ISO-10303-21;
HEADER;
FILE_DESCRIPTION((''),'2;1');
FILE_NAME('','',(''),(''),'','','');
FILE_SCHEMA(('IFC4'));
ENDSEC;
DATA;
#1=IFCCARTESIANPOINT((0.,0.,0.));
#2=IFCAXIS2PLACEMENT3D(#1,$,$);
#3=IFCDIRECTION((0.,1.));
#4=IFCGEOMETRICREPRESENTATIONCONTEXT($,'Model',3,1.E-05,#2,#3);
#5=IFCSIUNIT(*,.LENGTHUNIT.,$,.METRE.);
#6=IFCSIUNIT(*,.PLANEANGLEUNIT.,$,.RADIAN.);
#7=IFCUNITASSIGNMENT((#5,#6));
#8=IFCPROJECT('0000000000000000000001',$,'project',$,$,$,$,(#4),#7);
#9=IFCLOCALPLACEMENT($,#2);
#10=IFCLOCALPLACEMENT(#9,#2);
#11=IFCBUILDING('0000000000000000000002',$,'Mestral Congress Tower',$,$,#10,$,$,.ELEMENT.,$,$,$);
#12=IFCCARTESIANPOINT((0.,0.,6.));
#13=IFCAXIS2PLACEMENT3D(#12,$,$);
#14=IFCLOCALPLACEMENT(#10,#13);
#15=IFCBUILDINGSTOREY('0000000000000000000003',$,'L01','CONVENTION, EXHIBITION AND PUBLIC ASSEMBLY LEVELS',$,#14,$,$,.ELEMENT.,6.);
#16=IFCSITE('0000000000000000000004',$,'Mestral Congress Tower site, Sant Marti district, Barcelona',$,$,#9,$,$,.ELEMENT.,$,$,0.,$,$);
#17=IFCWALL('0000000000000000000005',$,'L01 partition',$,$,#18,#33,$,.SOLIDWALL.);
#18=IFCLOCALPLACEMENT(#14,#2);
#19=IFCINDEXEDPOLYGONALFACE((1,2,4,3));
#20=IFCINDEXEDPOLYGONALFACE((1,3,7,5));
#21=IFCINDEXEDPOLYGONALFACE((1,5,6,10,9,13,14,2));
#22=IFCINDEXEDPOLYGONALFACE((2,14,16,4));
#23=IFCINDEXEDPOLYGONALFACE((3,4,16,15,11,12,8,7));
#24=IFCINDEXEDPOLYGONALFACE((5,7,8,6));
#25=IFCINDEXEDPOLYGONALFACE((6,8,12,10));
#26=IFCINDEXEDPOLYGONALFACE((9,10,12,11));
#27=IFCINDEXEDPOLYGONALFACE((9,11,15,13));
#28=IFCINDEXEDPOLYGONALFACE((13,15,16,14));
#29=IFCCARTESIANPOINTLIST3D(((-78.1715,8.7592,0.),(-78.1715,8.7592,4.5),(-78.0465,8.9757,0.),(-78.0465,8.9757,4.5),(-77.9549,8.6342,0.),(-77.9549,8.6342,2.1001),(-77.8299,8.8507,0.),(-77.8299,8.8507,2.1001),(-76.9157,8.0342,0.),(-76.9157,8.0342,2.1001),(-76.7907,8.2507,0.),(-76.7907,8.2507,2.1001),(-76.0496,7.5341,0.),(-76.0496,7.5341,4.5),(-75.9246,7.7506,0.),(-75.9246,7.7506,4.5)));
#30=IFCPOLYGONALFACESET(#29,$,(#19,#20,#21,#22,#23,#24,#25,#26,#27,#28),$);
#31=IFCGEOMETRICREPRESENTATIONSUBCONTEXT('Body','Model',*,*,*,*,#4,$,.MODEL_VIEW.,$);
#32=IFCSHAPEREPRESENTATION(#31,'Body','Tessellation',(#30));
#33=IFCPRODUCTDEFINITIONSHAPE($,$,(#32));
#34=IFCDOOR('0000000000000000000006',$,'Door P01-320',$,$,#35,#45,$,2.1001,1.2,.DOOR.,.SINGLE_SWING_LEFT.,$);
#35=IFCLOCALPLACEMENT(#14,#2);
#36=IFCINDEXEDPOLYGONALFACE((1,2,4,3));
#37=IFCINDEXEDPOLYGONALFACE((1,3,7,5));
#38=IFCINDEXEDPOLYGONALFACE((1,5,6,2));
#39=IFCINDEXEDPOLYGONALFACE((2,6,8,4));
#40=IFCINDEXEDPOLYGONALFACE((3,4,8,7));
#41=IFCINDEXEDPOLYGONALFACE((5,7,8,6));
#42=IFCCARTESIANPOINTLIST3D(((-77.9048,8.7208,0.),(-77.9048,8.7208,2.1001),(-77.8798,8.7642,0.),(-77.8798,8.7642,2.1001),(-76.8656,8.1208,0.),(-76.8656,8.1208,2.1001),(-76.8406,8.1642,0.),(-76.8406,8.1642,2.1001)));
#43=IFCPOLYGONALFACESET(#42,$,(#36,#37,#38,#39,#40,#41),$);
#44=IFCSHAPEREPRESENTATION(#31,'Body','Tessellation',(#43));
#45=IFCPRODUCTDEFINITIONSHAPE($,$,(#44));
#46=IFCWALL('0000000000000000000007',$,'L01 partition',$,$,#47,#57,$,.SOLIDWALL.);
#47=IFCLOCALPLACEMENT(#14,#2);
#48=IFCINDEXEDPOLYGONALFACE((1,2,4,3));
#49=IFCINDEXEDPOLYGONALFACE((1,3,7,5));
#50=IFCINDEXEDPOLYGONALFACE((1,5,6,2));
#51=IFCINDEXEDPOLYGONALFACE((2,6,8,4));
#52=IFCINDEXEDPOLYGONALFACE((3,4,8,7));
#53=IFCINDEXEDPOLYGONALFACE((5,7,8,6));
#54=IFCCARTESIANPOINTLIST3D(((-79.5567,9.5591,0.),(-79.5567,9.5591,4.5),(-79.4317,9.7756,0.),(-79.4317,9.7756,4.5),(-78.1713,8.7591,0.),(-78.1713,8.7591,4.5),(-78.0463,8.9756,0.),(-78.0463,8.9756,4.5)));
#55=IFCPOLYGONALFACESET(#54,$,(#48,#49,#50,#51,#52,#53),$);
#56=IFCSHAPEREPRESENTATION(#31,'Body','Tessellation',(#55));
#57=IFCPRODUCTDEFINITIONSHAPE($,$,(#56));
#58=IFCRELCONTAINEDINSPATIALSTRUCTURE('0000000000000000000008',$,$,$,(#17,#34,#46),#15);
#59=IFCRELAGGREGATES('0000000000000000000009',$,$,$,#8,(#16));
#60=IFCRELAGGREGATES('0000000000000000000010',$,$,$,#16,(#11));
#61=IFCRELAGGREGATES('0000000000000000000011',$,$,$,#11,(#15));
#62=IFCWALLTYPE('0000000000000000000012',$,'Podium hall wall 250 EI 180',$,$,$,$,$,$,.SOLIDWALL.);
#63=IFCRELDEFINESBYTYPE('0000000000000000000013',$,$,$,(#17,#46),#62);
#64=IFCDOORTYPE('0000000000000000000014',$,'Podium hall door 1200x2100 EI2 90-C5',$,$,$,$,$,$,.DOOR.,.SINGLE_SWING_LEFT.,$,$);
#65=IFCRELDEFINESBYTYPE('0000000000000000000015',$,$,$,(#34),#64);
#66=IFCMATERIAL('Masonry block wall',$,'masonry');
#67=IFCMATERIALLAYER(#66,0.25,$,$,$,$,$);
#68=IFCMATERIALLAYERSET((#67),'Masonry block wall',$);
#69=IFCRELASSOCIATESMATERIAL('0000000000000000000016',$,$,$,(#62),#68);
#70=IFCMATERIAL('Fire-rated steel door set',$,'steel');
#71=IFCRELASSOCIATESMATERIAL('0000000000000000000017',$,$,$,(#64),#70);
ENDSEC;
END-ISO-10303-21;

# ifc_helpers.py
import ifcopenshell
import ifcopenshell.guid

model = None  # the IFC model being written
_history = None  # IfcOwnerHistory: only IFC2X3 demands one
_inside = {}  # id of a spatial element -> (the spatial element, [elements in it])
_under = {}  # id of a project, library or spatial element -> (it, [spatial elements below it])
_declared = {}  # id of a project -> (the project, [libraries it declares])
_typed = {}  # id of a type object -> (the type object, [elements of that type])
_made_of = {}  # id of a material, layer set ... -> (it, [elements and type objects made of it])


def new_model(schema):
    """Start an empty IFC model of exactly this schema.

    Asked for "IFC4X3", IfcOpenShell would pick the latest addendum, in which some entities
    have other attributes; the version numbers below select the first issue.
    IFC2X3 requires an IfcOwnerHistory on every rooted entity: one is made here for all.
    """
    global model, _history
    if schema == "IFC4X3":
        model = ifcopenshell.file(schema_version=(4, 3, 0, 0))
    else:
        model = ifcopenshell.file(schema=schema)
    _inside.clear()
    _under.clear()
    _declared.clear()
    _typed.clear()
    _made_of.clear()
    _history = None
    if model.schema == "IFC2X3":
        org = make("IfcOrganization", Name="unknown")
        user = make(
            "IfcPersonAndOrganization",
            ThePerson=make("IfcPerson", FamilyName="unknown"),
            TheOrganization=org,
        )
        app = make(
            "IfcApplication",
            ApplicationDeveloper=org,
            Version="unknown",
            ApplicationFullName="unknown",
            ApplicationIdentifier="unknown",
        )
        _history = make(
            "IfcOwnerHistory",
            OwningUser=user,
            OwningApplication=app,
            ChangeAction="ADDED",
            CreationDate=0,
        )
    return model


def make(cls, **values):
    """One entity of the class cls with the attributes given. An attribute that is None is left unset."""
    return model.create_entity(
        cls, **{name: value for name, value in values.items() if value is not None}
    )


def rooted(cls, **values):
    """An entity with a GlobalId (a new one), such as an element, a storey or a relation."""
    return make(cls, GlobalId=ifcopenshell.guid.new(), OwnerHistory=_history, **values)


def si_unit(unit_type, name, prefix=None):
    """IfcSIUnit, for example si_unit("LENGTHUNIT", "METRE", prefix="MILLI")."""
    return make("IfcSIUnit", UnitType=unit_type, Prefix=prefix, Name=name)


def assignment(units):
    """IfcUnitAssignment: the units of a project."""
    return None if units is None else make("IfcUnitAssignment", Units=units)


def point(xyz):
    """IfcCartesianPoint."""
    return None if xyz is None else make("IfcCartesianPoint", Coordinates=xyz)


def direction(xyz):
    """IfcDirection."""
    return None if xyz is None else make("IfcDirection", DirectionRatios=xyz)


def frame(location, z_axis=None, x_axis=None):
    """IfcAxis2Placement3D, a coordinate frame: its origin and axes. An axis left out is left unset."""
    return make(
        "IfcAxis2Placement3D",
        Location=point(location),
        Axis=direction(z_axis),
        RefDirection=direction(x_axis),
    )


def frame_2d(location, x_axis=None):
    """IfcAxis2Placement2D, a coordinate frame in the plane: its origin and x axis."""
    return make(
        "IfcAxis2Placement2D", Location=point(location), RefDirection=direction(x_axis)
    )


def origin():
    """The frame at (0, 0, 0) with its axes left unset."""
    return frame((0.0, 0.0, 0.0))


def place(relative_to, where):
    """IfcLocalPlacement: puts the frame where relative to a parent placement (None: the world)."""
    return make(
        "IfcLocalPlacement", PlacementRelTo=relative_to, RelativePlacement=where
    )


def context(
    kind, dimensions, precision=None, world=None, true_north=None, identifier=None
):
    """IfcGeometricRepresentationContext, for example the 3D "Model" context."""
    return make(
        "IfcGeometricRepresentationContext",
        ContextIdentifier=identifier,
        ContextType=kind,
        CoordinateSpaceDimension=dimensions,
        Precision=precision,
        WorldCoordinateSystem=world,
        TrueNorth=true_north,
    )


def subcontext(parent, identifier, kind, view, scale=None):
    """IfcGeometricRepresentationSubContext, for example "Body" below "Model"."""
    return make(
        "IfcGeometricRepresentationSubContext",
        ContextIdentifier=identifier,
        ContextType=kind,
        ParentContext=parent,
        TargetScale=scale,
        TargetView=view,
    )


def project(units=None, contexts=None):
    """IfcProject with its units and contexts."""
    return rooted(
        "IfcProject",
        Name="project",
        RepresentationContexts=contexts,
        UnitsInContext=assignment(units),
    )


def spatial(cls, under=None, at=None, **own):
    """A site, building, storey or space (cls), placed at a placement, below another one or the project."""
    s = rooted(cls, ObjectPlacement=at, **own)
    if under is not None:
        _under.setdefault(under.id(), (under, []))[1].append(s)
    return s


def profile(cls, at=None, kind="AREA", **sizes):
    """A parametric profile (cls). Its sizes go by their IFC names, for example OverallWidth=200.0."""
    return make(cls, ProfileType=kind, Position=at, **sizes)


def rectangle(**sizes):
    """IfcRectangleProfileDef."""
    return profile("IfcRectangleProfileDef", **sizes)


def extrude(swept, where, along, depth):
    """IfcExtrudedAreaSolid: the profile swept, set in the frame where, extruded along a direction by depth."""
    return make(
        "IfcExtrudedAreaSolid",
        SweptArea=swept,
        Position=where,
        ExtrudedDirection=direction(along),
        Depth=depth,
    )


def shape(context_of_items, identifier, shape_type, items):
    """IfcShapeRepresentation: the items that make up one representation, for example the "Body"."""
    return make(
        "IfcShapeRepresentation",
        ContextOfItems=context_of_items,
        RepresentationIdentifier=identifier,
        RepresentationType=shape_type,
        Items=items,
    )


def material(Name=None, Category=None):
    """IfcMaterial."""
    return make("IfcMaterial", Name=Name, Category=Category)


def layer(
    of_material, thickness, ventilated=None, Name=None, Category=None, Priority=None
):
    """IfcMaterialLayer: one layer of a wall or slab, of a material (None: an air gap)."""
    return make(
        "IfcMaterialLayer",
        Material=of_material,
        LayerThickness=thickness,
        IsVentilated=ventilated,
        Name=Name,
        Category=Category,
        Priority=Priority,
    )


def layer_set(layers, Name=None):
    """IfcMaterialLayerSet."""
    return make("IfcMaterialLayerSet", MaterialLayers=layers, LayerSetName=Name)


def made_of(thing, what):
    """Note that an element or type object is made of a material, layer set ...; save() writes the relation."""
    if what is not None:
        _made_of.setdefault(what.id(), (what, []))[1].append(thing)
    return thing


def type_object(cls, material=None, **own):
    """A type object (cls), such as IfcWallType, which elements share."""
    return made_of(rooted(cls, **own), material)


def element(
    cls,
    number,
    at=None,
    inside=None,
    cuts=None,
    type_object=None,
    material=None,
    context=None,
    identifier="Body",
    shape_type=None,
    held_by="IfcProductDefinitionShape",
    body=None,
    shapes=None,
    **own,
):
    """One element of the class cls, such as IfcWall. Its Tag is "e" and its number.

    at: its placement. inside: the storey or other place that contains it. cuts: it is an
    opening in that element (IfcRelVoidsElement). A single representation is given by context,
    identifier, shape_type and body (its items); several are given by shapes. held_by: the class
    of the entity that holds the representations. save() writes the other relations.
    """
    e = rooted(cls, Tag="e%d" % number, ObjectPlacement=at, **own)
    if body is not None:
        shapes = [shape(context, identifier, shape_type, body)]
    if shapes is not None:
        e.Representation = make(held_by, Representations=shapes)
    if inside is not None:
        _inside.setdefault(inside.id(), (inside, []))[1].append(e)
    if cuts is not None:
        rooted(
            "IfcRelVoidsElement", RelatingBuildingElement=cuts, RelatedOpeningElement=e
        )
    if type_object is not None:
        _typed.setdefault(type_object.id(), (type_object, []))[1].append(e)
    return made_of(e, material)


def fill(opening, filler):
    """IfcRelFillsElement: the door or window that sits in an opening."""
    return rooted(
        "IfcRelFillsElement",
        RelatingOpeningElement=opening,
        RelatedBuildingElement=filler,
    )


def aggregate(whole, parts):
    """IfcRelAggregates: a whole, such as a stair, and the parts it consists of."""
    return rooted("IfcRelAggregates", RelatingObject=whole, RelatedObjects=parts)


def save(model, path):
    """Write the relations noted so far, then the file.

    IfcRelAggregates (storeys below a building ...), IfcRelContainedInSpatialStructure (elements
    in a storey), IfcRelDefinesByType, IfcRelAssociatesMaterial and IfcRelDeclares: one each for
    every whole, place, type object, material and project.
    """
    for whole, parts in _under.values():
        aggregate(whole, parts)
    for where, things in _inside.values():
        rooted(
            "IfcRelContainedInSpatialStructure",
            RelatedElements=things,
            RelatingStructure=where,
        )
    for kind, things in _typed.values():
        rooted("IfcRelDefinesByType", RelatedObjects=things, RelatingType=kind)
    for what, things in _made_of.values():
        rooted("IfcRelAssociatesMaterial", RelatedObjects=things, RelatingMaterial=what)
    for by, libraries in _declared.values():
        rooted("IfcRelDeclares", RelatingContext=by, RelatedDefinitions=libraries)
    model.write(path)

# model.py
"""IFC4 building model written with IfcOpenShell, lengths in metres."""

from ifc_helpers import new_model, si_unit, direction, frame, frame_2d, origin, place, context, subcontext, project, spatial, rectangle, extrude, material, layer, layer_set, type_object, element, fill, save


model = new_model("IFC4")

# Units and contexts
model_context = context("Model", 3, precision=1e-05, world=origin(), true_north=direction((0.0, 1.0)))
body_context = subcontext(model_context, "Body", "Model", "MODEL_VIEW")
ifc_project = project(units=[si_unit("LENGTHUNIT", "METRE"), si_unit("PLANEANGLEUNIT", "RADIAN")], contexts=[model_context])

# Site, building, storey
site_placement = place(None, origin())
site = spatial("IfcSite", under=ifc_project, at=site_placement, Name="Mestral Congress Tower site, Sant Marti district, Barcelona", CompositionType="ELEMENT", RefElevation=0.0)
building_placement = place(site_placement, origin())
building = spatial("IfcBuilding", under=site, at=building_placement, Name="Mestral Congress Tower", CompositionType="ELEMENT")
storey_placement = place(building_placement, frame((0.0, 0.0, 6.0)))
storey = spatial("IfcBuildingStorey", under=building, at=storey_placement, Name="L01", Description="CONVENTION, EXHIBITION AND PUBLIC ASSEMBLY LEVELS", CompositionType="ELEMENT", Elevation=6.0)

# Wall, opening, door
ifc_material_1 = material(Name="Masonry block wall", Category="masonry")
ifc_layer_1 = layer(ifc_material_1, 0.25)
ifc_layer_set_1 = layer_set([ifc_layer_1], Name="Masonry block wall")
wall_type_1 = type_object("IfcWallType", Name="Podium hall wall 250 EI 180", PredefinedType="SOLIDWALL", material=ifc_layer_set_1)
wall_1_placement = place(storey_placement, frame((-75.9871, 7.6423, 0.0), z_axis=(0.0, 0.0, 1.0), x_axis=(-0.866015, 0.500019, 0.0)))
wall_1 = element("IfcWall", 1, at=wall_1_placement, inside=storey, type_object=wall_type_1, Name="L01 partition", PredefinedType="SOLIDWALL", context=body_context, shape_type="SweptSolid", body=[
    extrude(rectangle(XDim=2.4502, YDim=0.25, at=frame_2d((1.2251, 0.0))), origin(), (0.0, 0.0, 1.0), 4.5),
])
opening_1_placement = place(wall_1_placement, frame((1.0, 0.0, 0.0)))
opening_1 = element("IfcOpeningElement", 2, at=opening_1_placement, cuts=wall_1, PredefinedType="OPENING", context=body_context, shape_type="SweptSolid", body=[
    extrude(rectangle(XDim=1.2, YDim=2.1001, at=frame_2d((0.6001, 1.05))), frame((0.0, 0.135, 0.0), z_axis=(0.0, -1.0, 0.0), x_axis=(1.0, 0.0, 0.0)), (0.0, 0.0, 1.0), 0.27),
])
ifc_material_2 = material(Name="Fire-rated steel door set", Category="steel")
door_type = type_object("IfcDoorType", Name="Podium hall door 1200x2100 EI2 90-C5", OperationType="SINGLE_SWING_LEFT", PredefinedType="DOOR", material=ifc_material_2)
door_placement = place(opening_1_placement, origin())
door = element("IfcDoor", 3, at=door_placement, inside=storey, type_object=door_type, Name="Door P01-320", OperationType="SINGLE_SWING_LEFT", OverallHeight=2.1001, OverallWidth=1.2, PredefinedType="DOOR", context=body_context, shape_type="SweptSolid", body=[
    extrude(rectangle(XDim=1.2, YDim=2.1001, at=frame_2d((0.6001, 1.05))), frame((0.0, 0.0249, 0.0), z_axis=(0.0, -1.0, 0.0), x_axis=(1.0, 0.0, 0.0)), (0.0, 0.0, 1.0), 0.05),
])
fill(opening_1, door)

# Wall
wall_2_placement = place(storey_placement, frame((-78.1089, 8.8674, 0.0), z_axis=(0.0, 0.0, 1.0), x_axis=(-0.86599, 0.500061, 0.0)))
element("IfcWall", 4, at=wall_2_placement, inside=storey, type_object=wall_type_1, Name="L01 partition", PredefinedType="SOLIDWALL", context=body_context, shape_type="SweptSolid", body=[
    extrude(rectangle(XDim=1.5999, YDim=0.25, at=frame_2d((0.7998, 0.0))), origin(), (0.0, 0.0, 1.0), 4.5),
])

save(model, "model.ifc")
